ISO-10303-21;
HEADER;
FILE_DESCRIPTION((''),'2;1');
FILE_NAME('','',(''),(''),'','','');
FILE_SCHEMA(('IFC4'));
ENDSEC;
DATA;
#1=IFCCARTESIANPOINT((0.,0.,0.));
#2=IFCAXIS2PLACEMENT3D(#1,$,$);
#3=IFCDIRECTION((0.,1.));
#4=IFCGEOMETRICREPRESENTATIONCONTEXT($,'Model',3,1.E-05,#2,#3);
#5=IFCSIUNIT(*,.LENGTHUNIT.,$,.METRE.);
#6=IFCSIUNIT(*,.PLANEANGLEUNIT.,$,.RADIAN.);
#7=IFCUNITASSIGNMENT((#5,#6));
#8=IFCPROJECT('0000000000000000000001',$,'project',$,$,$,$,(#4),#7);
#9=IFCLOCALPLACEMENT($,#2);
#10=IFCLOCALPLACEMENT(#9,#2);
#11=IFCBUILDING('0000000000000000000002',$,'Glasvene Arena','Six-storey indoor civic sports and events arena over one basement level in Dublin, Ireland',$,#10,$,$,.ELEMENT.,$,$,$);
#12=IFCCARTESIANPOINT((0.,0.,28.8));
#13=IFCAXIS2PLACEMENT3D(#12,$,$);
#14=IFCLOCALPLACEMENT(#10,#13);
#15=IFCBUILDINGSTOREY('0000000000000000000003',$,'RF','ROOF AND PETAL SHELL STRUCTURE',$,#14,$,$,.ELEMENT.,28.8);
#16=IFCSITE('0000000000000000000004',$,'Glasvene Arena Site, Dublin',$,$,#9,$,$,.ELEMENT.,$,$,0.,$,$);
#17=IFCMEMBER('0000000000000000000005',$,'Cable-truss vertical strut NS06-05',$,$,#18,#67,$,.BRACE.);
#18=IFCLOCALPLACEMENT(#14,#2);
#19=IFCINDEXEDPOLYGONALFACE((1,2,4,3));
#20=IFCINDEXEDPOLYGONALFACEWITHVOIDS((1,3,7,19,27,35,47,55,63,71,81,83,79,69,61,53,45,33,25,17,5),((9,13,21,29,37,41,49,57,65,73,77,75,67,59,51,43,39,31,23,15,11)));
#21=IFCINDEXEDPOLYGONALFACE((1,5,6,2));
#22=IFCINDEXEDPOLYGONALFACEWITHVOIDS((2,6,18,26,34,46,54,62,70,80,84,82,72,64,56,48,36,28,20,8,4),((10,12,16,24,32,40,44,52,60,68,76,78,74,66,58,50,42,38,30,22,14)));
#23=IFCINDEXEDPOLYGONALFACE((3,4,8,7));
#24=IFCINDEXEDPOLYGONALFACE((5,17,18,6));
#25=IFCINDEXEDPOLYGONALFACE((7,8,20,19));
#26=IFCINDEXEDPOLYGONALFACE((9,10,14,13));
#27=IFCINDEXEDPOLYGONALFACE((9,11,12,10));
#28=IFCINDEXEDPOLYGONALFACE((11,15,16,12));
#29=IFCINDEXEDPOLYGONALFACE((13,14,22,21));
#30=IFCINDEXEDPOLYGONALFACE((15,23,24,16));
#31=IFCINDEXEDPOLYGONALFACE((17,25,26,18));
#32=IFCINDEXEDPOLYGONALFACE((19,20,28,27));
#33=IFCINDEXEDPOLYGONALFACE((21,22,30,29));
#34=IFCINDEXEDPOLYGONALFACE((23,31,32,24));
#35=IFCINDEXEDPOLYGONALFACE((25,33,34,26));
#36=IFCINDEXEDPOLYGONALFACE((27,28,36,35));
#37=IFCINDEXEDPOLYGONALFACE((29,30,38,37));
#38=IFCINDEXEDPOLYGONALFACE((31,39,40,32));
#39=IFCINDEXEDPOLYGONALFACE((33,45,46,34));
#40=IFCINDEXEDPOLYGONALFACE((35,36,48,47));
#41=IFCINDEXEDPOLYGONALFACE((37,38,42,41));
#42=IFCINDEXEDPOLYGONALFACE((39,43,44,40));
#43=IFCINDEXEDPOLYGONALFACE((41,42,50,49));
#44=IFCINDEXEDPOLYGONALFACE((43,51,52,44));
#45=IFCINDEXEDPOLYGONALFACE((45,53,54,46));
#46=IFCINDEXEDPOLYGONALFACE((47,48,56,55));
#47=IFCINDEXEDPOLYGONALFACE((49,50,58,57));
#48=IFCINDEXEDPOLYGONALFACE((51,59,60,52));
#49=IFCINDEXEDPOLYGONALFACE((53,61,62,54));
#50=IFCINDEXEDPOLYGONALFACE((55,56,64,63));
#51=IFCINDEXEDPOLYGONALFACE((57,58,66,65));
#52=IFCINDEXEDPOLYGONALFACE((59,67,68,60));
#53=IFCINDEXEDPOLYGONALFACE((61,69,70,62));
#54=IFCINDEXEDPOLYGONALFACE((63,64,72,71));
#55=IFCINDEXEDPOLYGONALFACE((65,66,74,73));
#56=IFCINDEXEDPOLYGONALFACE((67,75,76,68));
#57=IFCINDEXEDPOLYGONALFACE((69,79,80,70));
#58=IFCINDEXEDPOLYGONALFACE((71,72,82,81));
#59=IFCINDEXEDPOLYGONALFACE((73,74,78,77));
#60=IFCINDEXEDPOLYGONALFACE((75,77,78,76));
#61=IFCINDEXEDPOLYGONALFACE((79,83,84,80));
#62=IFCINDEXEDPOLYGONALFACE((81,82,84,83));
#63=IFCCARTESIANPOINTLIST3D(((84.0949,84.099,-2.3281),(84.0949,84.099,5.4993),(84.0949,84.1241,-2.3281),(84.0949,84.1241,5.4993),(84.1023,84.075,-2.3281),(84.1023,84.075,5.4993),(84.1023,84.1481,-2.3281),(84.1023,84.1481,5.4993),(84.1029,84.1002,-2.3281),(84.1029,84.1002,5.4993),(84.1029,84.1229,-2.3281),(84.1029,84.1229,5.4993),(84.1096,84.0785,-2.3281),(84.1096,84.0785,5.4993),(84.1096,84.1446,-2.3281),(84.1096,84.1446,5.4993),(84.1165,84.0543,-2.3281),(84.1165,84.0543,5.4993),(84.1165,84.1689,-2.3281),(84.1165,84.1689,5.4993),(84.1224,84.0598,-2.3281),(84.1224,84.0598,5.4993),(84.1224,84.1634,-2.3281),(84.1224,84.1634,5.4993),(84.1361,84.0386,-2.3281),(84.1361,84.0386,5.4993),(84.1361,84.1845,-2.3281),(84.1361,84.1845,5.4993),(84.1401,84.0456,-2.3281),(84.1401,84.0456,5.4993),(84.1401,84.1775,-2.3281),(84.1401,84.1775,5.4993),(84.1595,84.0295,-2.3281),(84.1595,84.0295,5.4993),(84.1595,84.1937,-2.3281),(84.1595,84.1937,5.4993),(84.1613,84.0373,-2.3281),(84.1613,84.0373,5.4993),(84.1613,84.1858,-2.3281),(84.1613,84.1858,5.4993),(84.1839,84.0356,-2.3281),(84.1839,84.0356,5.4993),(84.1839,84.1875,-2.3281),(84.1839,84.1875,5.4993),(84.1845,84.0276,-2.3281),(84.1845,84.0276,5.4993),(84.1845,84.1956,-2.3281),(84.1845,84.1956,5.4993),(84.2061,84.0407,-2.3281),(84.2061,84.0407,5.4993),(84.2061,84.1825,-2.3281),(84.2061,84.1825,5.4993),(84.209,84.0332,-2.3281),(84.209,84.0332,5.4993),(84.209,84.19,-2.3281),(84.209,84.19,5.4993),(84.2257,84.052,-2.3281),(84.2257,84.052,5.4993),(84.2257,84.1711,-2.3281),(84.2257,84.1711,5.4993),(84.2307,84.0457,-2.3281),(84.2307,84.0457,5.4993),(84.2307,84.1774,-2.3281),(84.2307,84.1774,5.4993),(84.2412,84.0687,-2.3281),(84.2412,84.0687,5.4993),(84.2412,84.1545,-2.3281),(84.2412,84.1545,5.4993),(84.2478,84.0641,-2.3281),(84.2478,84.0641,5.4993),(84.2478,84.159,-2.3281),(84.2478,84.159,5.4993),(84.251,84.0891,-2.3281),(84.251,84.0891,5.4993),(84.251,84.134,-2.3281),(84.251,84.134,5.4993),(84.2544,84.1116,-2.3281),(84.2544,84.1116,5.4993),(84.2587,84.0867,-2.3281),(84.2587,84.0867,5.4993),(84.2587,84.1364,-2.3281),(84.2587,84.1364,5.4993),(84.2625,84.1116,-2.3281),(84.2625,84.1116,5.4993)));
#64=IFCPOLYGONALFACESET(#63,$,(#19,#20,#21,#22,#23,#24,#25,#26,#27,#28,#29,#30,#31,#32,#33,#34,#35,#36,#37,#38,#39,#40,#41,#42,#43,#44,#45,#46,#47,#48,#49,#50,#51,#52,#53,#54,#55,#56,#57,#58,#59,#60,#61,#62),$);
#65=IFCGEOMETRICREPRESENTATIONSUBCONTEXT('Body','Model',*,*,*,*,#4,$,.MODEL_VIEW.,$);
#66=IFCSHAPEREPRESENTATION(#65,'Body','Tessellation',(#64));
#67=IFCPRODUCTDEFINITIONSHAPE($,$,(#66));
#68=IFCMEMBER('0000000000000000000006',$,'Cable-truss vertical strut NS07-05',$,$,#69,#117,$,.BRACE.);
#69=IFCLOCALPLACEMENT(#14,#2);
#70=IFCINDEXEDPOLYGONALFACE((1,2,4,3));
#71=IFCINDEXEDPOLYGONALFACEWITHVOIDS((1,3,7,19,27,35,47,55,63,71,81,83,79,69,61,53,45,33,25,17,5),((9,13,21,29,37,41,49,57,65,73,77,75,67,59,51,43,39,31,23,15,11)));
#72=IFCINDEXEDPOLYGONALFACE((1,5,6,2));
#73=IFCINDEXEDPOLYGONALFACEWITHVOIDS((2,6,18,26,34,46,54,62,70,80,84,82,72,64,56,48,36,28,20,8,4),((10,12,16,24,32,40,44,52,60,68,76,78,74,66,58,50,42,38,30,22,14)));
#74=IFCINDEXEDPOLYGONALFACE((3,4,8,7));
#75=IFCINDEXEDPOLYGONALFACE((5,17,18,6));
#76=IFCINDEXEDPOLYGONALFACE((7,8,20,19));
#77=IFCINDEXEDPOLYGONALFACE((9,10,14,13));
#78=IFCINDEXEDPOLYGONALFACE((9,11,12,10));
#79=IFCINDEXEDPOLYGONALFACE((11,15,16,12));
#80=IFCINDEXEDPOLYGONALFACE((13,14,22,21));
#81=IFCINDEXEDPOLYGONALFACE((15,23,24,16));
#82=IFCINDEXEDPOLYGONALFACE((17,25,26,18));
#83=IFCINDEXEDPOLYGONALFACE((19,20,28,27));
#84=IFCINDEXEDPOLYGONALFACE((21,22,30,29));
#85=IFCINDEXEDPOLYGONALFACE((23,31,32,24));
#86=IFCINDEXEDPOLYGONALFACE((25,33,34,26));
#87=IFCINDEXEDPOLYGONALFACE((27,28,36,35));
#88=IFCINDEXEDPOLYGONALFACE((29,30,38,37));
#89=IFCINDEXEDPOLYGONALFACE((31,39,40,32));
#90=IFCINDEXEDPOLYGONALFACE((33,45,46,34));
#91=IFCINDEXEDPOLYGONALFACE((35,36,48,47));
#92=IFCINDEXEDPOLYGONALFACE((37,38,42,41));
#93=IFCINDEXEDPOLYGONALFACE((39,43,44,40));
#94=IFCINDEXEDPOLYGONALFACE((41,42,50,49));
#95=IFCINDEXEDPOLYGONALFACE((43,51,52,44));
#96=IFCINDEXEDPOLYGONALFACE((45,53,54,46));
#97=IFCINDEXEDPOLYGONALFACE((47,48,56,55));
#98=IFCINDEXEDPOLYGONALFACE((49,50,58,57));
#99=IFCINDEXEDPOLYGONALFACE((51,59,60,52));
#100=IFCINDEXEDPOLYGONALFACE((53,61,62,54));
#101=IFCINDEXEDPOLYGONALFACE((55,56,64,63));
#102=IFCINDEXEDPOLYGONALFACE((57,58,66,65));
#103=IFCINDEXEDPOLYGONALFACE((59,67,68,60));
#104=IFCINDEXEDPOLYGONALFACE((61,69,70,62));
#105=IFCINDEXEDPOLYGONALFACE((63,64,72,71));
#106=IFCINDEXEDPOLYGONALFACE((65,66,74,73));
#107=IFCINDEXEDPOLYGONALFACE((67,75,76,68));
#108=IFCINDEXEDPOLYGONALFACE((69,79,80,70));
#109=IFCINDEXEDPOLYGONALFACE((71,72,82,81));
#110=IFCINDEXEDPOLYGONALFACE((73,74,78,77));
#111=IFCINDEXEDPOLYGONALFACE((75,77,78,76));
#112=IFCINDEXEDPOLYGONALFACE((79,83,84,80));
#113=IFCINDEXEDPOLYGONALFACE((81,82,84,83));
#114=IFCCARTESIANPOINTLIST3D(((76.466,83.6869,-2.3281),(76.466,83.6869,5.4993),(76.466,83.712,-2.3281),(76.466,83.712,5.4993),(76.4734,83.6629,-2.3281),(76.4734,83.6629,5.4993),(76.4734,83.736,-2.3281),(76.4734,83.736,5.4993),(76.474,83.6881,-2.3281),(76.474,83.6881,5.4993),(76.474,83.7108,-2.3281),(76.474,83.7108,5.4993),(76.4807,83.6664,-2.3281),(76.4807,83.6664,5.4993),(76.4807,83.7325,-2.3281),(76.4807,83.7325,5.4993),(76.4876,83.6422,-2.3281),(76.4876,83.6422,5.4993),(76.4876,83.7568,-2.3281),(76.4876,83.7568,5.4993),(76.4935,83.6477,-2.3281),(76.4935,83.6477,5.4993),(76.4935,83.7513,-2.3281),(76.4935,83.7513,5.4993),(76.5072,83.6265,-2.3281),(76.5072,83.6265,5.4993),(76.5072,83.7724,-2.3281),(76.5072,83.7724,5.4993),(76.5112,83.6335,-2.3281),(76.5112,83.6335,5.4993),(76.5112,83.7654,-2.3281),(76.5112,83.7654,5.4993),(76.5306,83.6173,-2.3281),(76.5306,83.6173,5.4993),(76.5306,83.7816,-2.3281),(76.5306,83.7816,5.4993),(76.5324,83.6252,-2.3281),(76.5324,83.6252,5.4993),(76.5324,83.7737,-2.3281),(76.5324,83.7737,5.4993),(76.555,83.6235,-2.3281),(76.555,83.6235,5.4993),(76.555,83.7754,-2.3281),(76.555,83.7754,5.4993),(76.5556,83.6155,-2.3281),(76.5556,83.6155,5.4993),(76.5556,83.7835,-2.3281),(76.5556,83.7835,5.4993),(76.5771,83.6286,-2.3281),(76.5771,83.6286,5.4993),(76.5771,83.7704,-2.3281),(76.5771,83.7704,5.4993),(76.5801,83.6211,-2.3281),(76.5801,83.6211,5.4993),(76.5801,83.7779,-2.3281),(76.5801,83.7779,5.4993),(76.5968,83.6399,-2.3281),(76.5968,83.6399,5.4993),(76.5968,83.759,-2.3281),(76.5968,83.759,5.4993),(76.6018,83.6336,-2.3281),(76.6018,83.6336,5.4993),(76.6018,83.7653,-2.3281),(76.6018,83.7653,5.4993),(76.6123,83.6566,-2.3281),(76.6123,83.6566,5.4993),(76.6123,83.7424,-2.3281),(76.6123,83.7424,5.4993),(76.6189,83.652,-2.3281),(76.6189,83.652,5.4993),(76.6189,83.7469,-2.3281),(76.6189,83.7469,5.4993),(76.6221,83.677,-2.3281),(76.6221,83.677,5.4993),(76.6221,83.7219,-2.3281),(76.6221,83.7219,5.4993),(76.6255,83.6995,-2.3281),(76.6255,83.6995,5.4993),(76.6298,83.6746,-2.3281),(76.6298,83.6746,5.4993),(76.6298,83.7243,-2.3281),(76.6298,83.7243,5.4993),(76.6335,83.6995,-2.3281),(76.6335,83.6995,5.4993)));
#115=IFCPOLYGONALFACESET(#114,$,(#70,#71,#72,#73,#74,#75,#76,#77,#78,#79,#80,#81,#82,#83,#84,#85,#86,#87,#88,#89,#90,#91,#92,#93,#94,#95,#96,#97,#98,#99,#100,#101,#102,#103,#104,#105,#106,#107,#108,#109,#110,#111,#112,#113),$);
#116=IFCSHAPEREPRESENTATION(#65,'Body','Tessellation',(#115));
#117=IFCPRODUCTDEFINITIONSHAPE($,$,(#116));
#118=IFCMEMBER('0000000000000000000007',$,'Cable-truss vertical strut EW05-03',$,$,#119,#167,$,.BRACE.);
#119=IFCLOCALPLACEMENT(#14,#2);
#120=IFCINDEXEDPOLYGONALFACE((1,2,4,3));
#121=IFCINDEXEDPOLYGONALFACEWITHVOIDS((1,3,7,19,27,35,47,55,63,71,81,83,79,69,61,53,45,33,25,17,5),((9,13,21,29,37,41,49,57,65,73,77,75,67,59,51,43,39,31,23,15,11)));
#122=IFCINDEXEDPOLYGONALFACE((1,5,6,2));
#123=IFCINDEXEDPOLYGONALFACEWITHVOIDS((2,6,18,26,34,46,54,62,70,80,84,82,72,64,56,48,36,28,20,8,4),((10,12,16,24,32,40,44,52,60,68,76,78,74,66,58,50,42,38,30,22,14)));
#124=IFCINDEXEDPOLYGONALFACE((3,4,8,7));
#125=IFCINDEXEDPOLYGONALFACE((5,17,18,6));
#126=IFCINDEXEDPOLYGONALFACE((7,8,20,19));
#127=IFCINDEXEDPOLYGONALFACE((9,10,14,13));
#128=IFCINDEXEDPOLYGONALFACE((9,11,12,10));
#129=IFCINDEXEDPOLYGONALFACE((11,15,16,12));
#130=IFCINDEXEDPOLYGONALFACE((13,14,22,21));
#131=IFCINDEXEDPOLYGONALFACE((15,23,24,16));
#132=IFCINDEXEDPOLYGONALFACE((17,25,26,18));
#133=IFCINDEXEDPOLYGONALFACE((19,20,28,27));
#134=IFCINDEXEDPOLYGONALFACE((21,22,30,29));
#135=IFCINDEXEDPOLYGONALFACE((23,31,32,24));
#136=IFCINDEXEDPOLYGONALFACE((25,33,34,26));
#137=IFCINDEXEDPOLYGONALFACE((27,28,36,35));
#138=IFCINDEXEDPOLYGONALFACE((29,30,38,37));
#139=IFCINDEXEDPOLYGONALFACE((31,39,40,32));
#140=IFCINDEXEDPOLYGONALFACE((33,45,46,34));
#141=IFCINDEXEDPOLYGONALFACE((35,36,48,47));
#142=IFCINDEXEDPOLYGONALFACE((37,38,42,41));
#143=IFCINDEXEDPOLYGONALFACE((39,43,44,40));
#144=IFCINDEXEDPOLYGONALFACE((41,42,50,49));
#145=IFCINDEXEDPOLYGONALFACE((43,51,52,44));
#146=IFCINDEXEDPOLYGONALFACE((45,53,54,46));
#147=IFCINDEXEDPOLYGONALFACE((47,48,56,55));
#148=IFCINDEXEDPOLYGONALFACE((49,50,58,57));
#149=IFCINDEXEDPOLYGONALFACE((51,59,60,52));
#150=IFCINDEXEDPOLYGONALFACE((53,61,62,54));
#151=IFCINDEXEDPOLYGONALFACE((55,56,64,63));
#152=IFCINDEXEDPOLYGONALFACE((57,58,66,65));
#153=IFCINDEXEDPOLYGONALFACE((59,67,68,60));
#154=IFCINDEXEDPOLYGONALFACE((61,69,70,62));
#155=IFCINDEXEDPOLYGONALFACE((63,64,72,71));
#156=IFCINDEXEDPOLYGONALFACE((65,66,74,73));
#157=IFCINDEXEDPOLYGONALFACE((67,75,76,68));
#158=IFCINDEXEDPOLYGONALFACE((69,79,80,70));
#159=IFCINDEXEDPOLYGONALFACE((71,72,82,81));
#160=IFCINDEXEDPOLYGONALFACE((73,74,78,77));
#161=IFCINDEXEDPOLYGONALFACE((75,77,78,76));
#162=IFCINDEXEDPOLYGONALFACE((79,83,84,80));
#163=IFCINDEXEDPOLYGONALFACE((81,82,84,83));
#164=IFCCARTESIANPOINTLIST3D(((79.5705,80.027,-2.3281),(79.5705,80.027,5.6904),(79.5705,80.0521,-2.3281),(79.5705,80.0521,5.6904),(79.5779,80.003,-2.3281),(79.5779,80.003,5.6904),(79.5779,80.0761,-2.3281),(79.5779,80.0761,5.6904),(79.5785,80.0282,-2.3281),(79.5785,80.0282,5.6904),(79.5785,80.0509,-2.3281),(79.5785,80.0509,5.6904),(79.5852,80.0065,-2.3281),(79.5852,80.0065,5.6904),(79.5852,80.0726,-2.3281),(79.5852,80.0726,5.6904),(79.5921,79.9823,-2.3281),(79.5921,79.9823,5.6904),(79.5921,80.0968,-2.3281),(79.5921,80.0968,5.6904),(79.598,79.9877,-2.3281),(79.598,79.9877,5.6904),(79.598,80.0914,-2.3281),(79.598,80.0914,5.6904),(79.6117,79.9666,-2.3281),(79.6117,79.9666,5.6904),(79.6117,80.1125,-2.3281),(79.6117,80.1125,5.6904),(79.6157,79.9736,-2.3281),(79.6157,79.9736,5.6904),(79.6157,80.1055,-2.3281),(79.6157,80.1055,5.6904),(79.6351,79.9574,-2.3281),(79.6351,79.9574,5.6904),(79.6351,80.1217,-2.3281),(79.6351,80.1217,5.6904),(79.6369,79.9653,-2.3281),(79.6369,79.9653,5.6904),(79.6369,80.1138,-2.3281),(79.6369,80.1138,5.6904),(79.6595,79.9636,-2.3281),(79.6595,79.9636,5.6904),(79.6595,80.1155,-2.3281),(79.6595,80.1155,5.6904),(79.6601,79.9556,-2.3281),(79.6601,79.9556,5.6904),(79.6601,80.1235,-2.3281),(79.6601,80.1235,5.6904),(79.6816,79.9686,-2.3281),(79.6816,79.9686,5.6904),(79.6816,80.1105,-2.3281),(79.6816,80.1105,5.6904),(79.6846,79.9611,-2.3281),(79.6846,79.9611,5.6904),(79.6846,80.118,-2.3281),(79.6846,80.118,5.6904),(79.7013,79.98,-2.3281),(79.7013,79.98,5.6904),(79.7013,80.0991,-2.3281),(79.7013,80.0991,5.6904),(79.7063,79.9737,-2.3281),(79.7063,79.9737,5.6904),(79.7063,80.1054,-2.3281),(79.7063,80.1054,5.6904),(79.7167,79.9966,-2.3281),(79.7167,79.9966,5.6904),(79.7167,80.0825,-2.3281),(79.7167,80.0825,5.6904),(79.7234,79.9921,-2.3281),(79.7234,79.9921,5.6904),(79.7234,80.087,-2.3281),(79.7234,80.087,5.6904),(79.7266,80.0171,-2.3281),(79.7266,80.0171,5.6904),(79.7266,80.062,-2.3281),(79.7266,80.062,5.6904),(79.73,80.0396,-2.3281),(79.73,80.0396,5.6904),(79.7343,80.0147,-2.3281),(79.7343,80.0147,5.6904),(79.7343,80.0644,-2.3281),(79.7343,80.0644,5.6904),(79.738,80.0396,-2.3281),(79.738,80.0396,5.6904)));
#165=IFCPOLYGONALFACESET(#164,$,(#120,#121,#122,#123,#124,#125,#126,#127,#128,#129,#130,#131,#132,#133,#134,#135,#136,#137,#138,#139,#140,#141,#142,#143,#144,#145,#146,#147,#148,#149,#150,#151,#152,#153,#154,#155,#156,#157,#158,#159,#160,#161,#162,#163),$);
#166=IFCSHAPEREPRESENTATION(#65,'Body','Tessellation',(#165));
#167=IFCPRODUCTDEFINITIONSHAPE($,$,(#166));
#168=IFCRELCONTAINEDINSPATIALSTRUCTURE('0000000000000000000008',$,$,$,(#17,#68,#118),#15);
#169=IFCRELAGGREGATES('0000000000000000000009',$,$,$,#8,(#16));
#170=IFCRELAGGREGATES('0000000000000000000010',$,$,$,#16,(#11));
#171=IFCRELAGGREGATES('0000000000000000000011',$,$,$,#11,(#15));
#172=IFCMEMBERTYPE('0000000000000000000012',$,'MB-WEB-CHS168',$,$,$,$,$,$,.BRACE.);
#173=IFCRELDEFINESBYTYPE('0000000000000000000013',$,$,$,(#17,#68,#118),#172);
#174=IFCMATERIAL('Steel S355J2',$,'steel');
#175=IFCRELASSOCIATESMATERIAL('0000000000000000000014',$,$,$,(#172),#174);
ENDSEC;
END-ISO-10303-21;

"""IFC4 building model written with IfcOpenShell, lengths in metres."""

from ifc_helpers import new_model, si_unit, direction, frame, origin, origin_2d, place, context, subcontext, project, spatial, hollow_circle, extrude, material, material_profile, profile_set, type_object, element, save


model = new_model("IFC4")

# Units and contexts
model_context = context("Model", 3, precision=1e-05, world=origin(), true_north=direction((0.0, 1.0)))
body_context = subcontext(model_context, "Body", "Model", "MODEL_VIEW")
ifc_project = project(units=[si_unit("LENGTHUNIT", "METRE"), si_unit("PLANEANGLEUNIT", "RADIAN")], contexts=[model_context])

# Site, building, storey
site_placement = place(None, origin())
site = spatial("IfcSite", under=ifc_project, at=site_placement, Name="Glasvene Arena Site, Dublin", CompositionType="ELEMENT", RefElevation=0.0)
building_placement = place(site_placement, origin())
building = spatial("IfcBuilding", under=site, at=building_placement, Name="Glasvene Arena", Description="Six-storey indoor civic sports and events arena over one basement level in Dublin, Ireland", CompositionType="ELEMENT")
storey_placement = place(building_placement, frame((0.0, 0.0, 28.8)))
storey = spatial("IfcBuildingStorey", under=building, at=storey_placement, Name="RF", Description="ROOF AND PETAL SHELL STRUCTURE", CompositionType="ELEMENT", Elevation=28.8)

# Shared definitions
ifc_material_1 = material(Name="Steel S355J2", Category="steel")

# Members
ifc_material_profile_1 = material_profile(ifc_material_1, hollow_circle(Radius=0.0842, WallThickness=0.0081, at=origin_2d()), Name="CHS 168.3x8.0")
ifc_profile_set_1 = profile_set([ifc_material_profile_1], Name="Steel S355J2")
member_type_1 = type_object("IfcMemberType", Name="MB-WEB-CHS168", PredefinedType="BRACE", material=ifc_profile_set_1)
for number, where, z_axis, x_axis, name in (
    (1, (84.1782, 84.1116, -2.3281), (0.0, 0.0, 1.0), (1.0, 0.0, 0.0), "Cable-truss vertical strut NS06-05"),
    (2, (76.5493, 83.6995, -2.3281), (0.0, 0.0, 1.0), (1.0, 0.0, 0.0), "Cable-truss vertical strut NS07-05"),
):
    element("IfcMember", number, at=place(storey_placement, frame(where, z_axis=z_axis, x_axis=x_axis)), inside=storey, type_object=member_type_1, Name=name, PredefinedType="BRACE", context=body_context, shape_type="SweptSolid", body=[
        extrude(hollow_circle(Radius=0.0842, WallThickness=0.0081, at=origin_2d()), origin(), (0.0, 0.0, 1.0), 7.8274),
    ])
for number, where, z_axis, x_axis, name in (
    (3, (79.6538, 80.0396, -2.3281), (0.0, 0.0, 1.0), (1.0, 0.0, 0.0), "Cable-truss vertical strut EW05-03"),
):
    element("IfcMember", number, at=place(storey_placement, frame(where, z_axis=z_axis, x_axis=x_axis)), inside=storey, type_object=member_type_1, Name=name, PredefinedType="BRACE", context=body_context, shape_type="SweptSolid", body=[
        extrude(hollow_circle(Radius=0.0842, WallThickness=0.0081, at=origin_2d()), origin(), (0.0, 0.0, 1.0), 8.0186),
    ])

save(model, "model.ifc")
